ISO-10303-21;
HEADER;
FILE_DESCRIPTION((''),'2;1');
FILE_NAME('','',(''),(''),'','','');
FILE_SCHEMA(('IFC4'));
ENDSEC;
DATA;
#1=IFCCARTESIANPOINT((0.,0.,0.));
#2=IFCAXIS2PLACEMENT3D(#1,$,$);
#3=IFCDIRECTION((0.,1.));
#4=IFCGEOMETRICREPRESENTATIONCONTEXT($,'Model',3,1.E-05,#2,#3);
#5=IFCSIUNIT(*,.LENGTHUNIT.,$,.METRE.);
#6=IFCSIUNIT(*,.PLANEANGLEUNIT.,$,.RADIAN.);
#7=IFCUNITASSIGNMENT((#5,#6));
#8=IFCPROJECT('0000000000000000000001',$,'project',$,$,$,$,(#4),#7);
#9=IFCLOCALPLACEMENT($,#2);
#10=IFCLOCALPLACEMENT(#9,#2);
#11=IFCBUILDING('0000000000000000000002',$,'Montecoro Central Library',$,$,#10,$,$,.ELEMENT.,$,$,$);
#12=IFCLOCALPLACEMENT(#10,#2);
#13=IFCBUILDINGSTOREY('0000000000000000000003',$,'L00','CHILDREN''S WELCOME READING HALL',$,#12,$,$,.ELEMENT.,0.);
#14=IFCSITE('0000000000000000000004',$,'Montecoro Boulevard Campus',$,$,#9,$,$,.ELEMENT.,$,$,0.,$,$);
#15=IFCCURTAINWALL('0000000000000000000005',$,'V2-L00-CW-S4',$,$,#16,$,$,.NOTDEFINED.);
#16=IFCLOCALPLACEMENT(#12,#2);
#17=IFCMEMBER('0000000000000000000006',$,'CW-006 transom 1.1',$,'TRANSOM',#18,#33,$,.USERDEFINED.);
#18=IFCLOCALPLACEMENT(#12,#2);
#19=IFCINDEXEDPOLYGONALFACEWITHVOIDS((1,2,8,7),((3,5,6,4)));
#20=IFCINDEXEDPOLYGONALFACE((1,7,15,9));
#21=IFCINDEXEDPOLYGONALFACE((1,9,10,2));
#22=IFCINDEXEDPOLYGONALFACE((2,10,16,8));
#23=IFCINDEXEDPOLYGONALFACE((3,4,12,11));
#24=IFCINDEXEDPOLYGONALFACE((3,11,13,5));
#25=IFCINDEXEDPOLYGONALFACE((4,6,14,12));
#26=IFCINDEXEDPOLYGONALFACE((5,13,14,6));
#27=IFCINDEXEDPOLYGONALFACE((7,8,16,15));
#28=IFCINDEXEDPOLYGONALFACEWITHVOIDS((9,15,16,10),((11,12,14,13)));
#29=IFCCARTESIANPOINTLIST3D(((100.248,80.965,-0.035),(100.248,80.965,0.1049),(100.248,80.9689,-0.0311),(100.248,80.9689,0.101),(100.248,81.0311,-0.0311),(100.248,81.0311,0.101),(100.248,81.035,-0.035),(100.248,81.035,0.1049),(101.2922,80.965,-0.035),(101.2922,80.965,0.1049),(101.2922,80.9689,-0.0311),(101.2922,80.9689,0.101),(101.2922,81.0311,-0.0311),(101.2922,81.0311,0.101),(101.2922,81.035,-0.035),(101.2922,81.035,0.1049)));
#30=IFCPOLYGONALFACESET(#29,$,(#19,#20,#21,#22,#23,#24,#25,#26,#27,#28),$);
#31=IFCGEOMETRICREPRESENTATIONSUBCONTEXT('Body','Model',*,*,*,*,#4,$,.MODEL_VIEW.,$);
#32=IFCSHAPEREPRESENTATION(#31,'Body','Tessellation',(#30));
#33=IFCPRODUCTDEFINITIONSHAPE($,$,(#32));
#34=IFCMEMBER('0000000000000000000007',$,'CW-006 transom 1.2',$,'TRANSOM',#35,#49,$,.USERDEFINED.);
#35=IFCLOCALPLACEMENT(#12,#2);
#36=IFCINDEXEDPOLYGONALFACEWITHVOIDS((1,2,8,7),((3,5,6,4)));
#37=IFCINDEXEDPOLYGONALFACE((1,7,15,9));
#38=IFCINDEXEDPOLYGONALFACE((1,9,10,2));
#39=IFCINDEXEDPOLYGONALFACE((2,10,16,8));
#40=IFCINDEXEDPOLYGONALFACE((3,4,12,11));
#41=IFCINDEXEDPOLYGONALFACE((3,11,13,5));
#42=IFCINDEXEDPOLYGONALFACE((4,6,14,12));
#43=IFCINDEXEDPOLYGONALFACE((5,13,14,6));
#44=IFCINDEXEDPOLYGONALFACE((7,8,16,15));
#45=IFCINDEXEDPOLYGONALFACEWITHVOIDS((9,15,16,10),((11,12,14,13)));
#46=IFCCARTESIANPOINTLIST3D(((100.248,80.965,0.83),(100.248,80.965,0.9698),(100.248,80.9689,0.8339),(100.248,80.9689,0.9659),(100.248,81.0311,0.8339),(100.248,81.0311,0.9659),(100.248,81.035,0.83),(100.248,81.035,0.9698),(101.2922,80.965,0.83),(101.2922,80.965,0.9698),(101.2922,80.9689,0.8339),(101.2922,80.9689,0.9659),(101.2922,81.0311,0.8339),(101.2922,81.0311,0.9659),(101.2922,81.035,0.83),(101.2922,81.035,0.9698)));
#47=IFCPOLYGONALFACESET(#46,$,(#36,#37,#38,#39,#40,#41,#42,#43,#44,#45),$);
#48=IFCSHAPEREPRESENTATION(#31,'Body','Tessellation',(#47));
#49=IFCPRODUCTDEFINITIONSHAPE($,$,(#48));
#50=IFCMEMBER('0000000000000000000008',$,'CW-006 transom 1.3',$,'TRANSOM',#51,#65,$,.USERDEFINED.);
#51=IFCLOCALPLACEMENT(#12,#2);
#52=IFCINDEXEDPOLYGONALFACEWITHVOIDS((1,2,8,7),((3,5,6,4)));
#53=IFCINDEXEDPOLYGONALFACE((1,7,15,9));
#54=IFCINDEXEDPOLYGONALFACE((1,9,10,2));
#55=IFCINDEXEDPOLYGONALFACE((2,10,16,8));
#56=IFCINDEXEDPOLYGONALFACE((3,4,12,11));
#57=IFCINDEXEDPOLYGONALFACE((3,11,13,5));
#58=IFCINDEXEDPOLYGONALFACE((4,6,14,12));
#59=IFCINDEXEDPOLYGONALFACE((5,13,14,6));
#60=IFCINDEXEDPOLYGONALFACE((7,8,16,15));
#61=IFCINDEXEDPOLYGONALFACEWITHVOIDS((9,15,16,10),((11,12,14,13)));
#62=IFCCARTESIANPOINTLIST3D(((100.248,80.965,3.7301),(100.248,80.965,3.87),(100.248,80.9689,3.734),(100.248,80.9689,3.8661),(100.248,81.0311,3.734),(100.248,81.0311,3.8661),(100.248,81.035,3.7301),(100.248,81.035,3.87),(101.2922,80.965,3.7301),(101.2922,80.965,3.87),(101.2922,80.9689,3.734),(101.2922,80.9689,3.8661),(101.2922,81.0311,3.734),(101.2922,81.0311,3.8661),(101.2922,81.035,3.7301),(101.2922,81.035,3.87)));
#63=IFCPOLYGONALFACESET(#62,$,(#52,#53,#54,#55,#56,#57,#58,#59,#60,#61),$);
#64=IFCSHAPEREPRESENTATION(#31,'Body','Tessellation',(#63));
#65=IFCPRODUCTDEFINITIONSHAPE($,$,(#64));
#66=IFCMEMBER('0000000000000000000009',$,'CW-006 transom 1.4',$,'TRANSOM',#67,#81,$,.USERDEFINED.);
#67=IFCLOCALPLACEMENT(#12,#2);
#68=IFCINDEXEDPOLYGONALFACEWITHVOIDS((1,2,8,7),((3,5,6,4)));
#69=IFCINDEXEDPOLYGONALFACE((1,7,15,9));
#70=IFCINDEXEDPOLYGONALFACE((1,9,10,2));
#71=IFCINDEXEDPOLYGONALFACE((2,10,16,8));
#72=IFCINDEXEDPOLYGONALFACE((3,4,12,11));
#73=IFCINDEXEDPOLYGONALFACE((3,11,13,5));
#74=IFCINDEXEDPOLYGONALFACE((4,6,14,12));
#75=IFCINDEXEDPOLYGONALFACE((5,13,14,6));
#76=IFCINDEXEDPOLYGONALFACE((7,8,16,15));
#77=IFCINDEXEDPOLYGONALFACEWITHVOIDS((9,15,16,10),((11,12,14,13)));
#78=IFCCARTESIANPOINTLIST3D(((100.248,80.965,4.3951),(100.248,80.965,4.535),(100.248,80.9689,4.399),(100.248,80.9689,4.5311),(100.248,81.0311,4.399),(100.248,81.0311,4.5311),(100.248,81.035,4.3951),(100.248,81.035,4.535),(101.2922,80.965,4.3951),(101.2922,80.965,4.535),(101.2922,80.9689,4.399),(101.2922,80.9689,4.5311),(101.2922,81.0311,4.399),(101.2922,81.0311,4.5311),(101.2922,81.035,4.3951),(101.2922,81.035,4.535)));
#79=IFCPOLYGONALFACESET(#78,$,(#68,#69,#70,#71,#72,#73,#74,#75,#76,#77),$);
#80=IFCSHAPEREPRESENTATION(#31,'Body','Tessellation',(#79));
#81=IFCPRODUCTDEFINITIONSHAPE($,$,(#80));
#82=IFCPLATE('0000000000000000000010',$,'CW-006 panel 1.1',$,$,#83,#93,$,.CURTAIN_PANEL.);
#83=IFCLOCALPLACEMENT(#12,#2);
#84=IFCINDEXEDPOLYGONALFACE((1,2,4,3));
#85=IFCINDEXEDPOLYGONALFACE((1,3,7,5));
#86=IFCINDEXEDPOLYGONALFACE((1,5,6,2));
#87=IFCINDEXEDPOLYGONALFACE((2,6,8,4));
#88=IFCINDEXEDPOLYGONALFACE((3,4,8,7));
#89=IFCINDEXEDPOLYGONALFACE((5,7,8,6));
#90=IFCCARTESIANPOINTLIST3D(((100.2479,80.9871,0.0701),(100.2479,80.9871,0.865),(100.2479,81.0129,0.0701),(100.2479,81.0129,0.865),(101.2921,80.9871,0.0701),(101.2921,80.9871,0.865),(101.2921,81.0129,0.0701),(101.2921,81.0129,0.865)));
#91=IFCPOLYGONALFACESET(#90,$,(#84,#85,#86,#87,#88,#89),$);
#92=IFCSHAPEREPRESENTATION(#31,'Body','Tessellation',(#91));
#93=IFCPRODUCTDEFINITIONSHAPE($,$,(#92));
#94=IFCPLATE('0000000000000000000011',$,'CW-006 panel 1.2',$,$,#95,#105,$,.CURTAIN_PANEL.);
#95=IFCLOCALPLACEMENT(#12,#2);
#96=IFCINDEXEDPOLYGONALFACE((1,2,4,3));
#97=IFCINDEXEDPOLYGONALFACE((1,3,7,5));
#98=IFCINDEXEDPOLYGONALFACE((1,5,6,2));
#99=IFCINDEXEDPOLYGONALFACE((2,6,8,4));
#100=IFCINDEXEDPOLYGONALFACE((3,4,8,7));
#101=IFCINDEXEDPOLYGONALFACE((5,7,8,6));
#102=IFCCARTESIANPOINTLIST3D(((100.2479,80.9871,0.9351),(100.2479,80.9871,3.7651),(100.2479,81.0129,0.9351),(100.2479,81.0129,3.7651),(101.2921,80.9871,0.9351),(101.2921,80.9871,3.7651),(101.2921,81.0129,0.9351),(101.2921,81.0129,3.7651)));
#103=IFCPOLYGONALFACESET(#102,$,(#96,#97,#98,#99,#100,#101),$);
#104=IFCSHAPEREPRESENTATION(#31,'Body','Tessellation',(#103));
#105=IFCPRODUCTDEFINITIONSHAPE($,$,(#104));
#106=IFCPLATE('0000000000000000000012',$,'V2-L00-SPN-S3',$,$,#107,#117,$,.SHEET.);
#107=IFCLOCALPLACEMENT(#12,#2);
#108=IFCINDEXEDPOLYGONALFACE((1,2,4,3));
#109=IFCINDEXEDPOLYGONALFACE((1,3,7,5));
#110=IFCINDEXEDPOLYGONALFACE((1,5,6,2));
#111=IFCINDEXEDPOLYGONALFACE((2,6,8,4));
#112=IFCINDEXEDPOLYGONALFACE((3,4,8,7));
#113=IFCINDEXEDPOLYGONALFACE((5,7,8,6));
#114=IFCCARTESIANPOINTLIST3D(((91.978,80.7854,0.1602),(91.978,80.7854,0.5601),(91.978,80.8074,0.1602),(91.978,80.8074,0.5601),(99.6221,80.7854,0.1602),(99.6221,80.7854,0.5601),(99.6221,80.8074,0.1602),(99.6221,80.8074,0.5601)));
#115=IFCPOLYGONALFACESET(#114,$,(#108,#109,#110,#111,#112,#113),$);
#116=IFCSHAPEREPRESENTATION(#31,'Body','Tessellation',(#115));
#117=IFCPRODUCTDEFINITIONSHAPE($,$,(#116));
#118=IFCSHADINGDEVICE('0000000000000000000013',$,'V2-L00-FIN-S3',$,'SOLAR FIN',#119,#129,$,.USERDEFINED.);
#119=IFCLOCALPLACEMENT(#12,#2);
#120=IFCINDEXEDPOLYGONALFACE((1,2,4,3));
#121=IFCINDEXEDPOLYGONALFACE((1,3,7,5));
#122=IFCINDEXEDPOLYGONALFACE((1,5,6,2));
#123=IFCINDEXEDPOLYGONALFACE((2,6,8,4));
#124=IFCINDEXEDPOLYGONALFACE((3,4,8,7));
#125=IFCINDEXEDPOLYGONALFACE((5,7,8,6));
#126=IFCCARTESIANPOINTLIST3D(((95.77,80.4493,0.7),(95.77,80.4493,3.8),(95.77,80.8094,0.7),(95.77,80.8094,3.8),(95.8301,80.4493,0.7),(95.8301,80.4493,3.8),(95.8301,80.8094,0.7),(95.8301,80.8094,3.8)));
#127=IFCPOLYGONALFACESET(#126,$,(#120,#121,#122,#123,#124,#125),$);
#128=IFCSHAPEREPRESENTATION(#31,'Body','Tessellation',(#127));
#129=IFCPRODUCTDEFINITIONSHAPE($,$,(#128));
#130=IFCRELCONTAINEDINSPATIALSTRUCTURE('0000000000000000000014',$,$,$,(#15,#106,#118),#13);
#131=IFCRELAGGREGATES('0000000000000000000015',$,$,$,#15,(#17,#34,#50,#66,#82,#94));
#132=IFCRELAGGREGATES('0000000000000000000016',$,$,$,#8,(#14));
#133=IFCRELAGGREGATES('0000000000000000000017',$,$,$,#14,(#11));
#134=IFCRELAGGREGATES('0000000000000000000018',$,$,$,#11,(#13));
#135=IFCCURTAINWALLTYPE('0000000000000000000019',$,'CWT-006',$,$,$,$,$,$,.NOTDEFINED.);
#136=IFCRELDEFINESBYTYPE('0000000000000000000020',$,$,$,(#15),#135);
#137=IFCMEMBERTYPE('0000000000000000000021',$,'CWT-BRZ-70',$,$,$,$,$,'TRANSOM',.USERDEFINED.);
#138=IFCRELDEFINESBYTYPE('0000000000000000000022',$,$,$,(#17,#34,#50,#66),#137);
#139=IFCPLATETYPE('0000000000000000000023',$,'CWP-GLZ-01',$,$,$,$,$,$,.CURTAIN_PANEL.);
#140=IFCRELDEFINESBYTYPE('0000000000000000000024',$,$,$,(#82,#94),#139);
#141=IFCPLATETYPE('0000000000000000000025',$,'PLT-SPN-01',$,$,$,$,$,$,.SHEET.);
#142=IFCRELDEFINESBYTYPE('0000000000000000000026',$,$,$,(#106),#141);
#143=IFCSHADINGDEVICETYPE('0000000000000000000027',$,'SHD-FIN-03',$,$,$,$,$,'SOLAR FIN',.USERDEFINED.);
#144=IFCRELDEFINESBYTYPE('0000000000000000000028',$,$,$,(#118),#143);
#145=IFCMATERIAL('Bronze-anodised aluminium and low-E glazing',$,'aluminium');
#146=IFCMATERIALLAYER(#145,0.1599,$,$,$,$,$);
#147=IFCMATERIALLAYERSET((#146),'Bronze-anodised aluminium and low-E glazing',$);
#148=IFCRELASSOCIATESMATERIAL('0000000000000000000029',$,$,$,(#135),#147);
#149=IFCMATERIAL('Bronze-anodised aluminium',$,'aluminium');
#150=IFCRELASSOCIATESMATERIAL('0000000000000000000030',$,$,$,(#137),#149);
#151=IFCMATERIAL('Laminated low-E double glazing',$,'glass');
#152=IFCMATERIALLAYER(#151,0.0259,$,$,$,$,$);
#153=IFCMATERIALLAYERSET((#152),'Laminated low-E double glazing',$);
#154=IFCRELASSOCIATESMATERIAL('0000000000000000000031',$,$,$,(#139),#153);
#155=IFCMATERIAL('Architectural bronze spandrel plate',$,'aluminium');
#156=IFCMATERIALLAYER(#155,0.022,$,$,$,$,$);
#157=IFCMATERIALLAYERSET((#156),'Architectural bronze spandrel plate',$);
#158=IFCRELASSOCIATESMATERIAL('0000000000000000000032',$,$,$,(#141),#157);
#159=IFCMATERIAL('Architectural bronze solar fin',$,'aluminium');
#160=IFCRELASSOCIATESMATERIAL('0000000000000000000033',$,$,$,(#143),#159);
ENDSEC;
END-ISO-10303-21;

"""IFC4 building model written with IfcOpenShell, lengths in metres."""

from ifc_helpers import new_model, si_unit, direction, frame, origin, origin_2d, place, context, subcontext, project, spatial, rectangle, hollow_rectangle, extrude, material, layer, layer_set, material_profile, profile_set, type_object, element, aggregate, save


model = new_model("IFC4")

# Units and contexts
model_context = context("Model", 3, precision=1e-05, world=origin(), true_north=direction((0.0, 1.0)))
body_context = subcontext(model_context, "Body", "Model", "MODEL_VIEW")
ifc_project = project(units=[si_unit("LENGTHUNIT", "METRE"), si_unit("PLANEANGLEUNIT", "RADIAN")], contexts=[model_context])

# Site, building, storey
site_placement = place(None, origin())
site = spatial("IfcSite", under=ifc_project, at=site_placement, Name="Montecoro Boulevard Campus", CompositionType="ELEMENT", RefElevation=0.0)
building_placement = place(site_placement, origin())
building = spatial("IfcBuilding", under=site, at=building_placement, Name="Montecoro Central Library", CompositionType="ELEMENT")
storey_placement = place(building_placement, origin())
storey = spatial("IfcBuildingStorey", under=building, at=storey_placement, Name="L00", Description="CHILDREN'S WELCOME READING HALL", CompositionType="ELEMENT", Elevation=0.0)

# Curtain wall, members, plates
ifc_material_1 = material(Name="Bronze-anodised aluminium and low-E glazing", Category="aluminium")
ifc_layer_1 = layer(ifc_material_1, 0.1599)
ifc_layer_set_1 = layer_set([ifc_layer_1], Name="Bronze-anodised aluminium and low-E glazing")
curtain_wall_type = type_object("IfcCurtainWallType", Name="CWT-006", PredefinedType="NOTDEFINED", material=ifc_layer_set_1)
curtain_wall_placement = place(storey_placement, origin())
curtain_wall = element("IfcCurtainWall", 1, at=curtain_wall_placement, inside=storey, type_object=curtain_wall_type, Name="V2-L00-CW-S4", PredefinedType="NOTDEFINED")
ifc_material_2 = material(Name="Bronze-anodised aluminium", Category="aluminium")
ifc_material_profile_1 = material_profile(ifc_material_2, hollow_rectangle(XDim=0.0701, YDim=0.1399, WallThickness=0.0039, at=origin_2d()), Name="CWT 140x70x4.0")
ifc_profile_set_1 = profile_set([ifc_material_profile_1], Name="Bronze-anodised aluminium")
member_type_1 = type_object("IfcMemberType", Name="CWT-BRZ-70", ElementType="TRANSOM", PredefinedType="USERDEFINED", material=ifc_profile_set_1)
member_1_placement = place(storey_placement, frame((100.248, 81.0, 0.0349), z_axis=(1.0, 0.0, 0.0), x_axis=(0.0, 1.0, 0.0)))
member_1 = element("IfcMember", 2, at=member_1_placement, type_object=member_type_1, Name="CW-006 transom 1.1", ObjectType="TRANSOM", PredefinedType="USERDEFINED", context=body_context, shape_type="SweptSolid", body=[
    extrude(hollow_rectangle(XDim=0.0701, YDim=0.1399, WallThickness=0.0039, at=origin_2d()), origin(), (0.0, 0.0, 1.0), 1.0442),
])
member_2_placement = place(storey_placement, frame((100.248, 81.0, 0.8999), z_axis=(1.0, 0.0, 0.0), x_axis=(0.0, 1.0, 0.0)))
member_2 = element("IfcMember", 3, at=member_2_placement, type_object=member_type_1, Name="CW-006 transom 1.2", ObjectType="TRANSOM", PredefinedType="USERDEFINED", context=body_context, shape_type="SweptSolid", body=[
    extrude(hollow_rectangle(XDim=0.0701, YDim=0.1399, WallThickness=0.0039, at=origin_2d()), origin(), (0.0, 0.0, 1.0), 1.0442),
])
member_3_placement = place(storey_placement, frame((100.248, 81.0, 3.8), z_axis=(1.0, 0.0, 0.0), x_axis=(0.0, 1.0, 0.0)))
member_3 = element("IfcMember", 4, at=member_3_placement, type_object=member_type_1, Name="CW-006 transom 1.3", ObjectType="TRANSOM", PredefinedType="USERDEFINED", context=body_context, shape_type="SweptSolid", body=[
    extrude(hollow_rectangle(XDim=0.0701, YDim=0.1399, WallThickness=0.0039, at=origin_2d()), origin(), (0.0, 0.0, 1.0), 1.0442),
])
member_4_placement = place(storey_placement, frame((100.248, 81.0, 4.4651), z_axis=(1.0, 0.0, 0.0), x_axis=(0.0, 1.0, 0.0)))
member_4 = element("IfcMember", 5, at=member_4_placement, type_object=member_type_1, Name="CW-006 transom 1.4", ObjectType="TRANSOM", PredefinedType="USERDEFINED", context=body_context, shape_type="SweptSolid", body=[
    extrude(hollow_rectangle(XDim=0.0701, YDim=0.1399, WallThickness=0.0039, at=origin_2d()), origin(), (0.0, 0.0, 1.0), 1.0442),
])
ifc_material_3 = material(Name="Laminated low-E double glazing", Category="glass")
ifc_layer_2 = layer(ifc_material_3, 0.0259)
ifc_layer_set_2 = layer_set([ifc_layer_2], Name="Laminated low-E double glazing")
plate_type_1 = type_object("IfcPlateType", Name="CWP-GLZ-01", PredefinedType="CURTAIN_PANEL", material=ifc_layer_set_2)
plate_1_placement = place(storey_placement, frame((100.77, 81.0, 0.0701), z_axis=(0.0, 0.0, 1.0), x_axis=(1.0, 0.0, 0.0)))
plate_1 = element("IfcPlate", 6, at=plate_1_placement, type_object=plate_type_1, Name="CW-006 panel 1.1", PredefinedType="CURTAIN_PANEL", context=body_context, shape_type="SweptSolid", body=[
    extrude(rectangle(XDim=1.0442, YDim=0.0259, at=origin_2d()), origin(), (0.0, 0.0, 1.0), 0.7949),
])
plate_2_placement = place(storey_placement, frame((100.77, 81.0, 0.9351), z_axis=(0.0, 0.0, 1.0), x_axis=(1.0, 0.0, 0.0)))
plate_2 = element("IfcPlate", 7, at=plate_2_placement, type_object=plate_type_1, Name="CW-006 panel 1.2", PredefinedType="CURTAIN_PANEL", context=body_context, shape_type="SweptSolid", body=[
    extrude(rectangle(XDim=1.0442, YDim=0.0259, at=origin_2d()), origin(), (0.0, 0.0, 1.0), 2.8301),
])
aggregate(curtain_wall, [member_1, member_2, member_3, member_4, plate_1, plate_2])

# Plate
ifc_material_4 = material(Name="Architectural bronze spandrel plate", Category="aluminium")
ifc_layer_3 = layer(ifc_material_4, 0.022)
ifc_layer_set_3 = layer_set([ifc_layer_3], Name="Architectural bronze spandrel plate")
plate_type_2 = type_object("IfcPlateType", Name="PLT-SPN-01", PredefinedType="SHEET", material=ifc_layer_set_3)
plate_3_placement = place(storey_placement, frame((95.8, 80.7964, 0.1602), z_axis=(0.0, 0.0, 1.0), x_axis=(1.0, 0.0, 0.0)))
element("IfcPlate", 8, at=plate_3_placement, inside=storey, type_object=plate_type_2, Name="V2-L00-SPN-S3", PredefinedType="SHEET", context=body_context, shape_type="SweptSolid", body=[
    extrude(rectangle(XDim=7.644, YDim=0.022, at=origin_2d()), origin(), (0.0, 0.0, 1.0), 0.3999),
])

# Shading device
ifc_material_5 = material(Name="Architectural bronze solar fin", Category="aluminium")
shading_device_type = type_object("IfcShadingDeviceType", Name="SHD-FIN-03", ElementType="SOLAR FIN", PredefinedType="USERDEFINED", material=ifc_material_5)
shading_device_placement = place(storey_placement, frame((95.8, 80.6294, 0.7), z_axis=(0.0, 0.0, 1.0), x_axis=(1.0, 0.0, 0.0)))
element("IfcShadingDevice", 9, at=shading_device_placement, inside=storey, type_object=shading_device_type, Name="V2-L00-FIN-S3", ObjectType="SOLAR FIN", PredefinedType="USERDEFINED", context=body_context, shape_type="SweptSolid", body=[
    extrude(rectangle(XDim=0.0601, YDim=0.3601, at=origin_2d()), origin(), (0.0, 0.0, 1.0), 3.1001),
])

save(model, "model.ifc")
